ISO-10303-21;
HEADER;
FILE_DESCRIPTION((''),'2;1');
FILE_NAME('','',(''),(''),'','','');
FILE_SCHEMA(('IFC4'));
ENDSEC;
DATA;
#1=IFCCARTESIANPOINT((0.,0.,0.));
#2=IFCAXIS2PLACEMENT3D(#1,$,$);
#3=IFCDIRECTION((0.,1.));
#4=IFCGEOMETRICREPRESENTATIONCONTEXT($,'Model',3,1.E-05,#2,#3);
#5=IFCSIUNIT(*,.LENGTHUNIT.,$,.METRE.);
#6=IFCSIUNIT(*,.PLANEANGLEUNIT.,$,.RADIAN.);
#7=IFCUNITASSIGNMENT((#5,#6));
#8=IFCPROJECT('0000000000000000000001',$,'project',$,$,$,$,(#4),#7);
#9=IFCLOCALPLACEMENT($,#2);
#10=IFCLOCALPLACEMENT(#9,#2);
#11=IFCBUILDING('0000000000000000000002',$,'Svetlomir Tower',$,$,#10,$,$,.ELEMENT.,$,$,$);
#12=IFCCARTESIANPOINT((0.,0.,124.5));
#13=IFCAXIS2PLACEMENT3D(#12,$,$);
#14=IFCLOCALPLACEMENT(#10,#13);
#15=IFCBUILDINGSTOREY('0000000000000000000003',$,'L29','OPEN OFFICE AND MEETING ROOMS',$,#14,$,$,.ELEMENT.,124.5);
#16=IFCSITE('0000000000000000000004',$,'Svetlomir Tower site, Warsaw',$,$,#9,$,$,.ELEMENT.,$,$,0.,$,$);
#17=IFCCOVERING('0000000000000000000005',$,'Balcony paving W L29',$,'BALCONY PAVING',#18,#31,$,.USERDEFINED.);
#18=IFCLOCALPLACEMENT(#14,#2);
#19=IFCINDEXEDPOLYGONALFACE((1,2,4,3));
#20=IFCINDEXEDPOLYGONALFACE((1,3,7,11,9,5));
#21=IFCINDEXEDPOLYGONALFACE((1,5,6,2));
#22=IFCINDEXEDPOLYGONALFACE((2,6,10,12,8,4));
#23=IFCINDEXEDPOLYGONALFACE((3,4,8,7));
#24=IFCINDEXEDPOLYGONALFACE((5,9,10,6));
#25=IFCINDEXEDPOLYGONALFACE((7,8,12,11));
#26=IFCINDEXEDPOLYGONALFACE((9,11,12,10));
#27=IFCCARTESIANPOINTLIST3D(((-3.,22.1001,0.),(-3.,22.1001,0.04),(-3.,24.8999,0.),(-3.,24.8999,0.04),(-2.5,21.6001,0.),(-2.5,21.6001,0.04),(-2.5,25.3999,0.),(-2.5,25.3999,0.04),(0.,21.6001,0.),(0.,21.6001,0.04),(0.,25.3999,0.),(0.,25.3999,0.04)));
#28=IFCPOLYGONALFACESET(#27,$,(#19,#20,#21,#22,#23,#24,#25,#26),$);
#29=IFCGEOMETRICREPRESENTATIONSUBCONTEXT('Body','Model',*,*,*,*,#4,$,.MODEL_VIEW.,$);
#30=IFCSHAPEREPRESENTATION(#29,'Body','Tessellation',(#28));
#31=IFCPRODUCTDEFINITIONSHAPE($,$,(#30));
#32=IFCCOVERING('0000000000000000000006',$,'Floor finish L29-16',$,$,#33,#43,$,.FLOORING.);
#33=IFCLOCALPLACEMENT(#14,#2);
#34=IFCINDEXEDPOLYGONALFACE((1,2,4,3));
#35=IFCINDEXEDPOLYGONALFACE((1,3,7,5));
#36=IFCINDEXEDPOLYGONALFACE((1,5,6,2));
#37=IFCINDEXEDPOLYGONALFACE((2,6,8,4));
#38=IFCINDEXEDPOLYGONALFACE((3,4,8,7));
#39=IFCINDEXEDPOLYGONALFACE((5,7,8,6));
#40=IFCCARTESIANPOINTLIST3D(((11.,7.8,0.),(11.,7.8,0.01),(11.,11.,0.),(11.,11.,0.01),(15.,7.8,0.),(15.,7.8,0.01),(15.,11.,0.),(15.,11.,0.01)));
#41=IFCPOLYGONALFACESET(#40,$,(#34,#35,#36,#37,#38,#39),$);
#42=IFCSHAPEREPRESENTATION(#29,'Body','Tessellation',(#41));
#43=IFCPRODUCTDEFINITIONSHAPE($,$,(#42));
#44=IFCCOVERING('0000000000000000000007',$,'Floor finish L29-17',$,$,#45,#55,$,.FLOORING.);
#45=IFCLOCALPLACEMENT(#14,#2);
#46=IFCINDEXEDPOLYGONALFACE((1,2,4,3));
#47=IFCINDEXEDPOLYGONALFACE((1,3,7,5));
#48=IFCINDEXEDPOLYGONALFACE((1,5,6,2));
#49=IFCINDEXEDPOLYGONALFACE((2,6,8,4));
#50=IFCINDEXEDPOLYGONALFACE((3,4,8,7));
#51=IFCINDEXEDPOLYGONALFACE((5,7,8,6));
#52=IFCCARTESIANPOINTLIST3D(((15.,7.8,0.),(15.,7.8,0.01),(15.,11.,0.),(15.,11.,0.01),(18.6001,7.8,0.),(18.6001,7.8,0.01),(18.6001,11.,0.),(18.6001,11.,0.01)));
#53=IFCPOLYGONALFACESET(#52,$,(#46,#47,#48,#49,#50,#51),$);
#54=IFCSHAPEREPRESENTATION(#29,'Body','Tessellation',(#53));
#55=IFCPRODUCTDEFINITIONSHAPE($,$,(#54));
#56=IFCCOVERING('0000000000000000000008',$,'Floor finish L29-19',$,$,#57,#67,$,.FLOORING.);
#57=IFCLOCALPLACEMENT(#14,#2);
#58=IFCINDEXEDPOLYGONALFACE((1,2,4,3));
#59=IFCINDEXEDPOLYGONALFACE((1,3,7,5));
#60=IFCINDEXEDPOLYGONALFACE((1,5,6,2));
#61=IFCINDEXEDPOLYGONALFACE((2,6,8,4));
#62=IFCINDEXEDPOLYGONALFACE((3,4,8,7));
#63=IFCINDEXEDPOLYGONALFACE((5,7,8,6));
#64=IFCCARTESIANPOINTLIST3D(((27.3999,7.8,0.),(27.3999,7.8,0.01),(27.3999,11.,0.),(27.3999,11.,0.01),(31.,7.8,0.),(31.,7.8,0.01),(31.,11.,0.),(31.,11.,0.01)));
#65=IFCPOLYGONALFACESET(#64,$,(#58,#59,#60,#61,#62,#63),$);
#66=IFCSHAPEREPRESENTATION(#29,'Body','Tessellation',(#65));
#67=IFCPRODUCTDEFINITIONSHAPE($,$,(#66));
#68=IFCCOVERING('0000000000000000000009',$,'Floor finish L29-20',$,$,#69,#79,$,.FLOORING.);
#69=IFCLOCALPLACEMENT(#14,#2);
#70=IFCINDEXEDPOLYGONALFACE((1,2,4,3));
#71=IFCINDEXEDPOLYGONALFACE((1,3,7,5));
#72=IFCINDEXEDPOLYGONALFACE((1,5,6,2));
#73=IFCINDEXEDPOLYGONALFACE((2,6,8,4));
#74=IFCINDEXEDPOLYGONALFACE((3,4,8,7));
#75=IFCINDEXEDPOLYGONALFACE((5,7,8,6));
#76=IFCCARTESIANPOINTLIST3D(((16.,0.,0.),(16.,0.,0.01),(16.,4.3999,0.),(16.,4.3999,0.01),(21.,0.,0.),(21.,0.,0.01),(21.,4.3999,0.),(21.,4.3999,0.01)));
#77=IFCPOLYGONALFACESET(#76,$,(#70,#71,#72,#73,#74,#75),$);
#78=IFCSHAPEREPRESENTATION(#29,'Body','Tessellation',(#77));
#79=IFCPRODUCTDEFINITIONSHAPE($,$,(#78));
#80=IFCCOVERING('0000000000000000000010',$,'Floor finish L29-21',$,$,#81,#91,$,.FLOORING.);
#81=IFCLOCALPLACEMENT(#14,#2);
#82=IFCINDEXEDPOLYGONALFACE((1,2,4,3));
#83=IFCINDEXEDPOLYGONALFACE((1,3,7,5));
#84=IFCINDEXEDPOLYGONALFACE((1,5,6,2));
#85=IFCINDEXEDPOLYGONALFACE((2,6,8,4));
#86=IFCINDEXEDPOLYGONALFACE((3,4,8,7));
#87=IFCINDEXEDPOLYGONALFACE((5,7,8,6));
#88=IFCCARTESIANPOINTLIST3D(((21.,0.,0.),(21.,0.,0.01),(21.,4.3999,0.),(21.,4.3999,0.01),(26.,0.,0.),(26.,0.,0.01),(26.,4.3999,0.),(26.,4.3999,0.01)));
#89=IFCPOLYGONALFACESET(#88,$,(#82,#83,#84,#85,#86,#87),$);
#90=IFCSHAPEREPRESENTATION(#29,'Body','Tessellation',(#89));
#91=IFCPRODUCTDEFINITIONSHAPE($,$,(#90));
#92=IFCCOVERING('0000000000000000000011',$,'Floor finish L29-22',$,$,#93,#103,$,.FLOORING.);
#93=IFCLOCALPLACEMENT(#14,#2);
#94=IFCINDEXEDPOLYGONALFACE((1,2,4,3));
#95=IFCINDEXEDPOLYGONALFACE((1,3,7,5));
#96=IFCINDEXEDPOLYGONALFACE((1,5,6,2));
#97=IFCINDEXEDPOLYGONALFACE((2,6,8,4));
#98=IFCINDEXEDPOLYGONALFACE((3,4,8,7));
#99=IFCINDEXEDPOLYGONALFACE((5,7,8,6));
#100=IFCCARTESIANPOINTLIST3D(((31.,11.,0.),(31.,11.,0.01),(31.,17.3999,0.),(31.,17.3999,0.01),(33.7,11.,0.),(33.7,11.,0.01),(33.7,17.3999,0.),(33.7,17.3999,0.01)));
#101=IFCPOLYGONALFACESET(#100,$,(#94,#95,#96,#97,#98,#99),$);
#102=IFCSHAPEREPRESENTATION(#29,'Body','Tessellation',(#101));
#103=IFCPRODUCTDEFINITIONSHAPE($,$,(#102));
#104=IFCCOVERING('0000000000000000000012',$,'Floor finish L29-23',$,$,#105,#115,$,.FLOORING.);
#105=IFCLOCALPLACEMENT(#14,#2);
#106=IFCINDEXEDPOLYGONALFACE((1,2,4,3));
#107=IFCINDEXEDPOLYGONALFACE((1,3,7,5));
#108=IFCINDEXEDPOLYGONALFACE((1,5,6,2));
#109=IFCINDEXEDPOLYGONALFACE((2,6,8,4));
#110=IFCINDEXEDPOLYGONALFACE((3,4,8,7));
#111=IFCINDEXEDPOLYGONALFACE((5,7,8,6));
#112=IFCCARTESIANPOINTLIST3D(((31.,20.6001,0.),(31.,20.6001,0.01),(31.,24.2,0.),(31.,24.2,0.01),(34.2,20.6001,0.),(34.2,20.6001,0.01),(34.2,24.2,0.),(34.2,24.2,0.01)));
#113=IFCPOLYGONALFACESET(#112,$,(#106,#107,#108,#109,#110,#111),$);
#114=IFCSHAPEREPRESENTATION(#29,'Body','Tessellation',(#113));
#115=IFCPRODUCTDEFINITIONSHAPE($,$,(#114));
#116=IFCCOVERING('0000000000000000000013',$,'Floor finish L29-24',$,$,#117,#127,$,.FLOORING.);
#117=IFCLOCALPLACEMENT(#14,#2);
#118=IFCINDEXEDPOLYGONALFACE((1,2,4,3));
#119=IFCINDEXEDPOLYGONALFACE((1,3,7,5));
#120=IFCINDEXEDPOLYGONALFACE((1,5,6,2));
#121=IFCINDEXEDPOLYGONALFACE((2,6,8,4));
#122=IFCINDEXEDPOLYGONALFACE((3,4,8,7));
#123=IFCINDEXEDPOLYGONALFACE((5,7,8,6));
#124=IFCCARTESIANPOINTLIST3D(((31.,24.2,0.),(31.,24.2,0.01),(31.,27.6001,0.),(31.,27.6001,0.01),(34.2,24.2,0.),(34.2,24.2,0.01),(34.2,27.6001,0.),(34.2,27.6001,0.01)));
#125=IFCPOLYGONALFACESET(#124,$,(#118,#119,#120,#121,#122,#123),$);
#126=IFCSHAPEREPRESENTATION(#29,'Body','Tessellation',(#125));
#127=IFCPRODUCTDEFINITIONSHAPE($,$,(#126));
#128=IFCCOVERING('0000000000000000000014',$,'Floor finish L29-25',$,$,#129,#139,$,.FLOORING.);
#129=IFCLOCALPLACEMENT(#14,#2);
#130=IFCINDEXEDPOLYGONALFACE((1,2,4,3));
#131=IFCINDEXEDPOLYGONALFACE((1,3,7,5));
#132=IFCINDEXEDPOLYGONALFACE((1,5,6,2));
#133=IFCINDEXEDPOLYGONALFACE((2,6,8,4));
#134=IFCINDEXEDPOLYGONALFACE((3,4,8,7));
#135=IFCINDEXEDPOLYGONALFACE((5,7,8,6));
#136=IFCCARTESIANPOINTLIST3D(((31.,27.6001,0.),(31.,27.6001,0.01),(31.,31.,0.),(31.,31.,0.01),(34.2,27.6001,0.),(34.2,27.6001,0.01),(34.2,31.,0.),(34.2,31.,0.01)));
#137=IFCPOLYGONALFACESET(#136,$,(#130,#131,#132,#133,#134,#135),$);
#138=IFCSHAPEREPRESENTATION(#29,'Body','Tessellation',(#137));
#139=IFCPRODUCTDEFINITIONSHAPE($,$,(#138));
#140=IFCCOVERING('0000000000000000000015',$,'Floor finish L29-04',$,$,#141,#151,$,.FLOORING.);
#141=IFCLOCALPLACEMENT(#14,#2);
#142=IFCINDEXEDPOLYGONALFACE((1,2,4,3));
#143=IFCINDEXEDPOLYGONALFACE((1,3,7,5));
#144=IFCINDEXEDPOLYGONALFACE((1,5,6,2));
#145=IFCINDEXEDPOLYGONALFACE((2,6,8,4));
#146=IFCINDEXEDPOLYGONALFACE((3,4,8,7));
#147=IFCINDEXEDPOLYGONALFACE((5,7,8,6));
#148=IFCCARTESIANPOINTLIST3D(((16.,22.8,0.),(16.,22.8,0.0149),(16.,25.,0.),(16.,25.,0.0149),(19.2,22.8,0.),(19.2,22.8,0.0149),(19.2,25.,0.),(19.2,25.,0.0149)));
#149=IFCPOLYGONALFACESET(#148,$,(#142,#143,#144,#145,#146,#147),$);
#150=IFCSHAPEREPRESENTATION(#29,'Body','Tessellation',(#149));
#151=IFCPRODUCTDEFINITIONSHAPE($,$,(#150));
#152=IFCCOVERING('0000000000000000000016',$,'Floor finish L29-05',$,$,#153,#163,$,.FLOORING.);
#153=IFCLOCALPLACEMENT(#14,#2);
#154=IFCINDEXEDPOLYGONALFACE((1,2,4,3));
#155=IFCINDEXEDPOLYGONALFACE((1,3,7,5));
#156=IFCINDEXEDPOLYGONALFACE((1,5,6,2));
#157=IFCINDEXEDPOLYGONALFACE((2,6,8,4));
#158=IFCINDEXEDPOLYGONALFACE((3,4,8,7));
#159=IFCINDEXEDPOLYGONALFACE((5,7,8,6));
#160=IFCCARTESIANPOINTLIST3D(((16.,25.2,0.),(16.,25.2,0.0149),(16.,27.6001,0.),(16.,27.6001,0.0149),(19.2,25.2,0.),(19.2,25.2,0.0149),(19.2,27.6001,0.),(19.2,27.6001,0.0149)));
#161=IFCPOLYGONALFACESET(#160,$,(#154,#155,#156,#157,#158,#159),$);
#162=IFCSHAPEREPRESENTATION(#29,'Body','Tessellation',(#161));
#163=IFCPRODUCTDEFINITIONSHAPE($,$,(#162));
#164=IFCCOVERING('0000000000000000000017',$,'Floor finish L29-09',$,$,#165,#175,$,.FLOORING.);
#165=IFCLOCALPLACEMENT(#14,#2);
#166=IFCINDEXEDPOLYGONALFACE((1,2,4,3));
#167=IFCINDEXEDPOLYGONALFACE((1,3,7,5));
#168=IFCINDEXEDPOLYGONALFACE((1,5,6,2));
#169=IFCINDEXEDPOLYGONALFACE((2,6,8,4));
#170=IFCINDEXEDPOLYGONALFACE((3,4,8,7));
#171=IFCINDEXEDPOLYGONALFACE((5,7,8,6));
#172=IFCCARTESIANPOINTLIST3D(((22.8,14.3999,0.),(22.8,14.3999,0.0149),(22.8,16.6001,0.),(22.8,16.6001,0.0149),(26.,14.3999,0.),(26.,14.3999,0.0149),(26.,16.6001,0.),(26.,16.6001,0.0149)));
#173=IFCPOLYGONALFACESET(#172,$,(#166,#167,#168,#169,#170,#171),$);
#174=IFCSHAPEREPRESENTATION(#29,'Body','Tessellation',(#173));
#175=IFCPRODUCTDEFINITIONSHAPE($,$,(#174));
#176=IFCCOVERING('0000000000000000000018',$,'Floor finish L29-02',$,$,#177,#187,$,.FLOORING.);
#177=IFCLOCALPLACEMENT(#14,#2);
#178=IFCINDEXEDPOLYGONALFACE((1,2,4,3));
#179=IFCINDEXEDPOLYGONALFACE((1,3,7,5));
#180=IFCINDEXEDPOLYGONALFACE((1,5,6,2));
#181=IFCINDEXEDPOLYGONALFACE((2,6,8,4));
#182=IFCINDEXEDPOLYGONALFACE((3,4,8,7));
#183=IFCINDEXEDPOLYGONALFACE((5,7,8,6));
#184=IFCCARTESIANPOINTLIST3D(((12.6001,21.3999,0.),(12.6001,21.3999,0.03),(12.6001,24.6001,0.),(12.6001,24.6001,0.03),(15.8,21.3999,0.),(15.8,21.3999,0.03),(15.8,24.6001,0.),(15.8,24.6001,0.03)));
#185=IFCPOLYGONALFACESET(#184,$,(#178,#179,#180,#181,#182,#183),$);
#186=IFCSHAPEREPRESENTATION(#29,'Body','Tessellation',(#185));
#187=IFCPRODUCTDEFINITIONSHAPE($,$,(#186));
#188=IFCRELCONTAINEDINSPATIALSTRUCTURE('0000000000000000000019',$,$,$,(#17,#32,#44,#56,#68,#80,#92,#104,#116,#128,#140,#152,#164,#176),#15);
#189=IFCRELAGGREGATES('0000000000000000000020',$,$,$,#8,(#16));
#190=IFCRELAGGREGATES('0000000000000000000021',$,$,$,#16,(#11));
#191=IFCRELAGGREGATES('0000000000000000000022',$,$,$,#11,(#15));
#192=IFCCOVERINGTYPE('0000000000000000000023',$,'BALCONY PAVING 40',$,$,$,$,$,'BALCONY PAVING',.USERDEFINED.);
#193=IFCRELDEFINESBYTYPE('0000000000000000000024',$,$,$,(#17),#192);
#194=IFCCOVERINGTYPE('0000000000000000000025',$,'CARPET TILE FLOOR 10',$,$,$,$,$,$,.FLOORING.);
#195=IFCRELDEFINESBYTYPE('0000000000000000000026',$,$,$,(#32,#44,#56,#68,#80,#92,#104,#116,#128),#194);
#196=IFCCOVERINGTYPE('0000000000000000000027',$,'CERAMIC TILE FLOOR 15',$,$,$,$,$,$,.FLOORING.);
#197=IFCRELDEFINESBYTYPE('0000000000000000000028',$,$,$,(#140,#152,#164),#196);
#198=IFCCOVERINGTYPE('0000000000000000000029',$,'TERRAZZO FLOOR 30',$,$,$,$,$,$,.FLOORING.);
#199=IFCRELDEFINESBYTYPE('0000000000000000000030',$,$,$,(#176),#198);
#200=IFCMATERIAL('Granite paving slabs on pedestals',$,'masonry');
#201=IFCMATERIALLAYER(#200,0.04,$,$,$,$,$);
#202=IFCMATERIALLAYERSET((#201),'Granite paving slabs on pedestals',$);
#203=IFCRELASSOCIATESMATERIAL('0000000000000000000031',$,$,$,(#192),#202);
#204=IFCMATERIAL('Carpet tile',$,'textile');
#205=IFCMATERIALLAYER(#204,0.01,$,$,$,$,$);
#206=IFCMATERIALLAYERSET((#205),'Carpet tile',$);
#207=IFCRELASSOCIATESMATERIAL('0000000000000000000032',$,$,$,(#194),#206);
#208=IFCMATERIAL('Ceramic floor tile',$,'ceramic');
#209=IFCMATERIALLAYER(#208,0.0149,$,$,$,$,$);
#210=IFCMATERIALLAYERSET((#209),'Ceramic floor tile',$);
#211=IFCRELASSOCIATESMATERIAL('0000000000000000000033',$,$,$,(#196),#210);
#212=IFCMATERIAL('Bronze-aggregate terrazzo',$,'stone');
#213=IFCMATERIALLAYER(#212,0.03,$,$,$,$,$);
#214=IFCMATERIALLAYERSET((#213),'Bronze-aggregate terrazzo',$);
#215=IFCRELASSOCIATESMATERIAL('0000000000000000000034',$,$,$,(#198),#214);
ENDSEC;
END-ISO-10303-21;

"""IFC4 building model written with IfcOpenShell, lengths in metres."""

from ifc_helpers import new_model, si_unit, direction, frame, origin, place, context, subcontext, project, spatial, polyline, outline, extrude, material, layer, layer_set, type_object, element, save


model = new_model("IFC4")

# Units and contexts
model_context = context("Model", 3, precision=1e-05, world=origin(), true_north=direction((0.0, 1.0)))
body_context = subcontext(model_context, "Body", "Model", "MODEL_VIEW")
ifc_project = project(units=[si_unit("LENGTHUNIT", "METRE"), si_unit("PLANEANGLEUNIT", "RADIAN")], contexts=[model_context])

# Site, building, storey
site_placement = place(None, origin())
site = spatial("IfcSite", under=ifc_project, at=site_placement, Name="Svetlomir Tower site, Warsaw", CompositionType="ELEMENT", RefElevation=0.0)
building_placement = place(site_placement, origin())
building = spatial("IfcBuilding", under=site, at=building_placement, Name="Svetlomir Tower", CompositionType="ELEMENT")
storey_placement = place(building_placement, frame((0.0, 0.0, 124.5)))
storey = spatial("IfcBuildingStorey", under=building, at=storey_placement, Name="L29", Description="OPEN OFFICE AND MEETING ROOMS", CompositionType="ELEMENT", Elevation=124.5)

# Coverings
ifc_material_1 = material(Name="Granite paving slabs on pedestals", Category="masonry")
ifc_layer_1 = layer(ifc_material_1, 0.04)
ifc_layer_set_1 = layer_set([ifc_layer_1], Name="Granite paving slabs on pedestals")
covering_type_1 = type_object("IfcCoveringType", Name="BALCONY PAVING 40", ElementType="BALCONY PAVING", PredefinedType="USERDEFINED", material=ifc_layer_set_1)
covering_1_placement = place(storey_placement, origin())
element("IfcCovering", 1, at=covering_1_placement, inside=storey, type_object=covering_type_1, Name="Balcony paving W L29", ObjectType="BALCONY PAVING", PredefinedType="USERDEFINED", context=body_context, shape_type="SweptSolid", body=[
    extrude(outline(polyline([(-2.5, 21.6001), (0.0, 21.6001), (0.0, 25.3999), (-2.5, 25.3999), (-3.0, 24.8999), (-3.0, 22.1001), (-2.5, 21.6001)])), origin(), (0.0, 0.0, 1.0), 0.04),
])
ifc_material_2 = material(Name="Carpet tile", Category="textile")
ifc_layer_2 = layer(ifc_material_2, 0.01)
ifc_layer_set_2 = layer_set([ifc_layer_2], Name="Carpet tile")
covering_type_2 = type_object("IfcCoveringType", Name="CARPET TILE FLOOR 10", PredefinedType="FLOORING", material=ifc_layer_set_2)
covering_2_placement = place(storey_placement, origin())
element("IfcCovering", 2, at=covering_2_placement, inside=storey, type_object=covering_type_2, Name="Floor finish L29-16", PredefinedType="FLOORING", context=body_context, shape_type="SweptSolid", body=[
    extrude(outline(polyline([(11.0, 7.8), (15.0, 7.8), (15.0, 11.0), (11.0, 11.0), (11.0, 7.8)])), origin(), (0.0, 0.0, 1.0), 0.01),
])
covering_3_placement = place(storey_placement, origin())
element("IfcCovering", 3, at=covering_3_placement, inside=storey, type_object=covering_type_2, Name="Floor finish L29-17", PredefinedType="FLOORING", context=body_context, shape_type="SweptSolid", body=[
    extrude(outline(polyline([(15.0, 7.8), (18.6001, 7.8), (18.6001, 11.0), (15.0, 11.0), (15.0, 7.8)])), origin(), (0.0, 0.0, 1.0), 0.01),
])
covering_4_placement = place(storey_placement, origin())
element("IfcCovering", 4, at=covering_4_placement, inside=storey, type_object=covering_type_2, Name="Floor finish L29-19", PredefinedType="FLOORING", context=body_context, shape_type="SweptSolid", body=[
    extrude(outline(polyline([(27.3999, 7.8), (31.0, 7.8), (31.0, 11.0), (27.3999, 11.0), (27.3999, 7.8)])), origin(), (0.0, 0.0, 1.0), 0.01),
])
covering_5_placement = place(storey_placement, origin())
element("IfcCovering", 5, at=covering_5_placement, inside=storey, type_object=covering_type_2, Name="Floor finish L29-20", PredefinedType="FLOORING", context=body_context, shape_type="SweptSolid", body=[
    extrude(outline(polyline([(16.0, 0.0), (21.0, 0.0), (21.0, 4.3999), (16.0, 4.3999), (16.0, 0.0)])), origin(), (0.0, 0.0, 1.0), 0.01),
])
covering_6_placement = place(storey_placement, origin())
element("IfcCovering", 6, at=covering_6_placement, inside=storey, type_object=covering_type_2, Name="Floor finish L29-21", PredefinedType="FLOORING", context=body_context, shape_type="SweptSolid", body=[
    extrude(outline(polyline([(21.0, 0.0), (26.0, 0.0), (26.0, 4.3999), (21.0, 4.3999), (21.0, 0.0)])), origin(), (0.0, 0.0, 1.0), 0.01),
])
covering_7_placement = place(storey_placement, origin())
element("IfcCovering", 7, at=covering_7_placement, inside=storey, type_object=covering_type_2, Name="Floor finish L29-22", PredefinedType="FLOORING", context=body_context, shape_type="SweptSolid", body=[
    extrude(outline(polyline([(31.0, 11.0), (33.7, 11.0), (33.7, 17.3999), (31.0, 17.3999), (31.0, 11.0)])), origin(), (0.0, 0.0, 1.0), 0.01),
])
covering_8_placement = place(storey_placement, origin())
element("IfcCovering", 8, at=covering_8_placement, inside=storey, type_object=covering_type_2, Name="Floor finish L29-23", PredefinedType="FLOORING", context=body_context, shape_type="SweptSolid", body=[
    extrude(outline(polyline([(31.0, 20.6001), (34.2, 20.6001), (34.2, 24.2), (31.0, 24.2), (31.0, 20.6001)])), origin(), (0.0, 0.0, 1.0), 0.01),
])
covering_9_placement = place(storey_placement, origin())
element("IfcCovering", 9, at=covering_9_placement, inside=storey, type_object=covering_type_2, Name="Floor finish L29-24", PredefinedType="FLOORING", context=body_context, shape_type="SweptSolid", body=[
    extrude(outline(polyline([(31.0, 24.2), (34.2, 24.2), (34.2, 27.6001), (31.0, 27.6001), (31.0, 24.2)])), origin(), (0.0, 0.0, 1.0), 0.01),
])
covering_10_placement = place(storey_placement, origin())
element("IfcCovering", 10, at=covering_10_placement, inside=storey, type_object=covering_type_2, Name="Floor finish L29-25", PredefinedType="FLOORING", context=body_context, shape_type="SweptSolid", body=[
    extrude(outline(polyline([(31.0, 27.6001), (34.2, 27.6001), (34.2, 31.0), (31.0, 31.0), (31.0, 27.6001)])), origin(), (0.0, 0.0, 1.0), 0.01),
])
ifc_material_3 = material(Name="Ceramic floor tile", Category="ceramic")
ifc_layer_3 = layer(ifc_material_3, 0.0149)
ifc_layer_set_3 = layer_set([ifc_layer_3], Name="Ceramic floor tile")
covering_type_3 = type_object("IfcCoveringType", Name="CERAMIC TILE FLOOR 15", PredefinedType="FLOORING", material=ifc_layer_set_3)
covering_11_placement = place(storey_placement, origin())
element("IfcCovering", 11, at=covering_11_placement, inside=storey, type_object=covering_type_3, Name="Floor finish L29-04", PredefinedType="FLOORING", context=body_context, shape_type="SweptSolid", body=[
    extrude(outline(polyline([(16.0, 22.8), (19.2, 22.8), (19.2, 25.0), (16.0, 25.0), (16.0, 22.8)])), origin(), (0.0, 0.0, 1.0), 0.0149),
])
covering_12_placement = place(storey_placement, origin())
element("IfcCovering", 12, at=covering_12_placement, inside=storey, type_object=covering_type_3, Name="Floor finish L29-05", PredefinedType="FLOORING", context=body_context, shape_type="SweptSolid", body=[
    extrude(outline(polyline([(16.0, 25.2), (19.2, 25.2), (19.2, 27.6001), (16.0, 27.6001), (16.0, 25.2)])), origin(), (0.0, 0.0, 1.0), 0.0149),
])
covering_13_placement = place(storey_placement, origin())
element("IfcCovering", 13, at=covering_13_placement, inside=storey, type_object=covering_type_3, Name="Floor finish L29-09", PredefinedType="FLOORING", context=body_context, shape_type="SweptSolid", body=[
    extrude(outline(polyline([(22.8, 14.3999), (26.0, 14.3999), (26.0, 16.6001), (22.8, 16.6001), (22.8, 14.3999)])), origin(), (0.0, 0.0, 1.0), 0.0149),
])
ifc_material_4 = material(Name="Bronze-aggregate terrazzo", Category="stone")
ifc_layer_4 = layer(ifc_material_4, 0.03)
ifc_layer_set_4 = layer_set([ifc_layer_4], Name="Bronze-aggregate terrazzo")
covering_type_4 = type_object("IfcCoveringType", Name="TERRAZZO FLOOR 30", PredefinedType="FLOORING", material=ifc_layer_set_4)
covering_14_placement = place(storey_placement, origin())
element("IfcCovering", 14, at=covering_14_placement, inside=storey, type_object=covering_type_4, Name="Floor finish L29-02", PredefinedType="FLOORING", context=body_context, shape_type="SweptSolid", body=[
    extrude(outline(polyline([(12.6001, 21.3999), (15.8, 21.3999), (15.8, 24.6001), (12.6001, 24.6001), (12.6001, 21.3999)])), origin(), (0.0, 0.0, 1.0), 0.03),
])

save(model, "model.ifc")
